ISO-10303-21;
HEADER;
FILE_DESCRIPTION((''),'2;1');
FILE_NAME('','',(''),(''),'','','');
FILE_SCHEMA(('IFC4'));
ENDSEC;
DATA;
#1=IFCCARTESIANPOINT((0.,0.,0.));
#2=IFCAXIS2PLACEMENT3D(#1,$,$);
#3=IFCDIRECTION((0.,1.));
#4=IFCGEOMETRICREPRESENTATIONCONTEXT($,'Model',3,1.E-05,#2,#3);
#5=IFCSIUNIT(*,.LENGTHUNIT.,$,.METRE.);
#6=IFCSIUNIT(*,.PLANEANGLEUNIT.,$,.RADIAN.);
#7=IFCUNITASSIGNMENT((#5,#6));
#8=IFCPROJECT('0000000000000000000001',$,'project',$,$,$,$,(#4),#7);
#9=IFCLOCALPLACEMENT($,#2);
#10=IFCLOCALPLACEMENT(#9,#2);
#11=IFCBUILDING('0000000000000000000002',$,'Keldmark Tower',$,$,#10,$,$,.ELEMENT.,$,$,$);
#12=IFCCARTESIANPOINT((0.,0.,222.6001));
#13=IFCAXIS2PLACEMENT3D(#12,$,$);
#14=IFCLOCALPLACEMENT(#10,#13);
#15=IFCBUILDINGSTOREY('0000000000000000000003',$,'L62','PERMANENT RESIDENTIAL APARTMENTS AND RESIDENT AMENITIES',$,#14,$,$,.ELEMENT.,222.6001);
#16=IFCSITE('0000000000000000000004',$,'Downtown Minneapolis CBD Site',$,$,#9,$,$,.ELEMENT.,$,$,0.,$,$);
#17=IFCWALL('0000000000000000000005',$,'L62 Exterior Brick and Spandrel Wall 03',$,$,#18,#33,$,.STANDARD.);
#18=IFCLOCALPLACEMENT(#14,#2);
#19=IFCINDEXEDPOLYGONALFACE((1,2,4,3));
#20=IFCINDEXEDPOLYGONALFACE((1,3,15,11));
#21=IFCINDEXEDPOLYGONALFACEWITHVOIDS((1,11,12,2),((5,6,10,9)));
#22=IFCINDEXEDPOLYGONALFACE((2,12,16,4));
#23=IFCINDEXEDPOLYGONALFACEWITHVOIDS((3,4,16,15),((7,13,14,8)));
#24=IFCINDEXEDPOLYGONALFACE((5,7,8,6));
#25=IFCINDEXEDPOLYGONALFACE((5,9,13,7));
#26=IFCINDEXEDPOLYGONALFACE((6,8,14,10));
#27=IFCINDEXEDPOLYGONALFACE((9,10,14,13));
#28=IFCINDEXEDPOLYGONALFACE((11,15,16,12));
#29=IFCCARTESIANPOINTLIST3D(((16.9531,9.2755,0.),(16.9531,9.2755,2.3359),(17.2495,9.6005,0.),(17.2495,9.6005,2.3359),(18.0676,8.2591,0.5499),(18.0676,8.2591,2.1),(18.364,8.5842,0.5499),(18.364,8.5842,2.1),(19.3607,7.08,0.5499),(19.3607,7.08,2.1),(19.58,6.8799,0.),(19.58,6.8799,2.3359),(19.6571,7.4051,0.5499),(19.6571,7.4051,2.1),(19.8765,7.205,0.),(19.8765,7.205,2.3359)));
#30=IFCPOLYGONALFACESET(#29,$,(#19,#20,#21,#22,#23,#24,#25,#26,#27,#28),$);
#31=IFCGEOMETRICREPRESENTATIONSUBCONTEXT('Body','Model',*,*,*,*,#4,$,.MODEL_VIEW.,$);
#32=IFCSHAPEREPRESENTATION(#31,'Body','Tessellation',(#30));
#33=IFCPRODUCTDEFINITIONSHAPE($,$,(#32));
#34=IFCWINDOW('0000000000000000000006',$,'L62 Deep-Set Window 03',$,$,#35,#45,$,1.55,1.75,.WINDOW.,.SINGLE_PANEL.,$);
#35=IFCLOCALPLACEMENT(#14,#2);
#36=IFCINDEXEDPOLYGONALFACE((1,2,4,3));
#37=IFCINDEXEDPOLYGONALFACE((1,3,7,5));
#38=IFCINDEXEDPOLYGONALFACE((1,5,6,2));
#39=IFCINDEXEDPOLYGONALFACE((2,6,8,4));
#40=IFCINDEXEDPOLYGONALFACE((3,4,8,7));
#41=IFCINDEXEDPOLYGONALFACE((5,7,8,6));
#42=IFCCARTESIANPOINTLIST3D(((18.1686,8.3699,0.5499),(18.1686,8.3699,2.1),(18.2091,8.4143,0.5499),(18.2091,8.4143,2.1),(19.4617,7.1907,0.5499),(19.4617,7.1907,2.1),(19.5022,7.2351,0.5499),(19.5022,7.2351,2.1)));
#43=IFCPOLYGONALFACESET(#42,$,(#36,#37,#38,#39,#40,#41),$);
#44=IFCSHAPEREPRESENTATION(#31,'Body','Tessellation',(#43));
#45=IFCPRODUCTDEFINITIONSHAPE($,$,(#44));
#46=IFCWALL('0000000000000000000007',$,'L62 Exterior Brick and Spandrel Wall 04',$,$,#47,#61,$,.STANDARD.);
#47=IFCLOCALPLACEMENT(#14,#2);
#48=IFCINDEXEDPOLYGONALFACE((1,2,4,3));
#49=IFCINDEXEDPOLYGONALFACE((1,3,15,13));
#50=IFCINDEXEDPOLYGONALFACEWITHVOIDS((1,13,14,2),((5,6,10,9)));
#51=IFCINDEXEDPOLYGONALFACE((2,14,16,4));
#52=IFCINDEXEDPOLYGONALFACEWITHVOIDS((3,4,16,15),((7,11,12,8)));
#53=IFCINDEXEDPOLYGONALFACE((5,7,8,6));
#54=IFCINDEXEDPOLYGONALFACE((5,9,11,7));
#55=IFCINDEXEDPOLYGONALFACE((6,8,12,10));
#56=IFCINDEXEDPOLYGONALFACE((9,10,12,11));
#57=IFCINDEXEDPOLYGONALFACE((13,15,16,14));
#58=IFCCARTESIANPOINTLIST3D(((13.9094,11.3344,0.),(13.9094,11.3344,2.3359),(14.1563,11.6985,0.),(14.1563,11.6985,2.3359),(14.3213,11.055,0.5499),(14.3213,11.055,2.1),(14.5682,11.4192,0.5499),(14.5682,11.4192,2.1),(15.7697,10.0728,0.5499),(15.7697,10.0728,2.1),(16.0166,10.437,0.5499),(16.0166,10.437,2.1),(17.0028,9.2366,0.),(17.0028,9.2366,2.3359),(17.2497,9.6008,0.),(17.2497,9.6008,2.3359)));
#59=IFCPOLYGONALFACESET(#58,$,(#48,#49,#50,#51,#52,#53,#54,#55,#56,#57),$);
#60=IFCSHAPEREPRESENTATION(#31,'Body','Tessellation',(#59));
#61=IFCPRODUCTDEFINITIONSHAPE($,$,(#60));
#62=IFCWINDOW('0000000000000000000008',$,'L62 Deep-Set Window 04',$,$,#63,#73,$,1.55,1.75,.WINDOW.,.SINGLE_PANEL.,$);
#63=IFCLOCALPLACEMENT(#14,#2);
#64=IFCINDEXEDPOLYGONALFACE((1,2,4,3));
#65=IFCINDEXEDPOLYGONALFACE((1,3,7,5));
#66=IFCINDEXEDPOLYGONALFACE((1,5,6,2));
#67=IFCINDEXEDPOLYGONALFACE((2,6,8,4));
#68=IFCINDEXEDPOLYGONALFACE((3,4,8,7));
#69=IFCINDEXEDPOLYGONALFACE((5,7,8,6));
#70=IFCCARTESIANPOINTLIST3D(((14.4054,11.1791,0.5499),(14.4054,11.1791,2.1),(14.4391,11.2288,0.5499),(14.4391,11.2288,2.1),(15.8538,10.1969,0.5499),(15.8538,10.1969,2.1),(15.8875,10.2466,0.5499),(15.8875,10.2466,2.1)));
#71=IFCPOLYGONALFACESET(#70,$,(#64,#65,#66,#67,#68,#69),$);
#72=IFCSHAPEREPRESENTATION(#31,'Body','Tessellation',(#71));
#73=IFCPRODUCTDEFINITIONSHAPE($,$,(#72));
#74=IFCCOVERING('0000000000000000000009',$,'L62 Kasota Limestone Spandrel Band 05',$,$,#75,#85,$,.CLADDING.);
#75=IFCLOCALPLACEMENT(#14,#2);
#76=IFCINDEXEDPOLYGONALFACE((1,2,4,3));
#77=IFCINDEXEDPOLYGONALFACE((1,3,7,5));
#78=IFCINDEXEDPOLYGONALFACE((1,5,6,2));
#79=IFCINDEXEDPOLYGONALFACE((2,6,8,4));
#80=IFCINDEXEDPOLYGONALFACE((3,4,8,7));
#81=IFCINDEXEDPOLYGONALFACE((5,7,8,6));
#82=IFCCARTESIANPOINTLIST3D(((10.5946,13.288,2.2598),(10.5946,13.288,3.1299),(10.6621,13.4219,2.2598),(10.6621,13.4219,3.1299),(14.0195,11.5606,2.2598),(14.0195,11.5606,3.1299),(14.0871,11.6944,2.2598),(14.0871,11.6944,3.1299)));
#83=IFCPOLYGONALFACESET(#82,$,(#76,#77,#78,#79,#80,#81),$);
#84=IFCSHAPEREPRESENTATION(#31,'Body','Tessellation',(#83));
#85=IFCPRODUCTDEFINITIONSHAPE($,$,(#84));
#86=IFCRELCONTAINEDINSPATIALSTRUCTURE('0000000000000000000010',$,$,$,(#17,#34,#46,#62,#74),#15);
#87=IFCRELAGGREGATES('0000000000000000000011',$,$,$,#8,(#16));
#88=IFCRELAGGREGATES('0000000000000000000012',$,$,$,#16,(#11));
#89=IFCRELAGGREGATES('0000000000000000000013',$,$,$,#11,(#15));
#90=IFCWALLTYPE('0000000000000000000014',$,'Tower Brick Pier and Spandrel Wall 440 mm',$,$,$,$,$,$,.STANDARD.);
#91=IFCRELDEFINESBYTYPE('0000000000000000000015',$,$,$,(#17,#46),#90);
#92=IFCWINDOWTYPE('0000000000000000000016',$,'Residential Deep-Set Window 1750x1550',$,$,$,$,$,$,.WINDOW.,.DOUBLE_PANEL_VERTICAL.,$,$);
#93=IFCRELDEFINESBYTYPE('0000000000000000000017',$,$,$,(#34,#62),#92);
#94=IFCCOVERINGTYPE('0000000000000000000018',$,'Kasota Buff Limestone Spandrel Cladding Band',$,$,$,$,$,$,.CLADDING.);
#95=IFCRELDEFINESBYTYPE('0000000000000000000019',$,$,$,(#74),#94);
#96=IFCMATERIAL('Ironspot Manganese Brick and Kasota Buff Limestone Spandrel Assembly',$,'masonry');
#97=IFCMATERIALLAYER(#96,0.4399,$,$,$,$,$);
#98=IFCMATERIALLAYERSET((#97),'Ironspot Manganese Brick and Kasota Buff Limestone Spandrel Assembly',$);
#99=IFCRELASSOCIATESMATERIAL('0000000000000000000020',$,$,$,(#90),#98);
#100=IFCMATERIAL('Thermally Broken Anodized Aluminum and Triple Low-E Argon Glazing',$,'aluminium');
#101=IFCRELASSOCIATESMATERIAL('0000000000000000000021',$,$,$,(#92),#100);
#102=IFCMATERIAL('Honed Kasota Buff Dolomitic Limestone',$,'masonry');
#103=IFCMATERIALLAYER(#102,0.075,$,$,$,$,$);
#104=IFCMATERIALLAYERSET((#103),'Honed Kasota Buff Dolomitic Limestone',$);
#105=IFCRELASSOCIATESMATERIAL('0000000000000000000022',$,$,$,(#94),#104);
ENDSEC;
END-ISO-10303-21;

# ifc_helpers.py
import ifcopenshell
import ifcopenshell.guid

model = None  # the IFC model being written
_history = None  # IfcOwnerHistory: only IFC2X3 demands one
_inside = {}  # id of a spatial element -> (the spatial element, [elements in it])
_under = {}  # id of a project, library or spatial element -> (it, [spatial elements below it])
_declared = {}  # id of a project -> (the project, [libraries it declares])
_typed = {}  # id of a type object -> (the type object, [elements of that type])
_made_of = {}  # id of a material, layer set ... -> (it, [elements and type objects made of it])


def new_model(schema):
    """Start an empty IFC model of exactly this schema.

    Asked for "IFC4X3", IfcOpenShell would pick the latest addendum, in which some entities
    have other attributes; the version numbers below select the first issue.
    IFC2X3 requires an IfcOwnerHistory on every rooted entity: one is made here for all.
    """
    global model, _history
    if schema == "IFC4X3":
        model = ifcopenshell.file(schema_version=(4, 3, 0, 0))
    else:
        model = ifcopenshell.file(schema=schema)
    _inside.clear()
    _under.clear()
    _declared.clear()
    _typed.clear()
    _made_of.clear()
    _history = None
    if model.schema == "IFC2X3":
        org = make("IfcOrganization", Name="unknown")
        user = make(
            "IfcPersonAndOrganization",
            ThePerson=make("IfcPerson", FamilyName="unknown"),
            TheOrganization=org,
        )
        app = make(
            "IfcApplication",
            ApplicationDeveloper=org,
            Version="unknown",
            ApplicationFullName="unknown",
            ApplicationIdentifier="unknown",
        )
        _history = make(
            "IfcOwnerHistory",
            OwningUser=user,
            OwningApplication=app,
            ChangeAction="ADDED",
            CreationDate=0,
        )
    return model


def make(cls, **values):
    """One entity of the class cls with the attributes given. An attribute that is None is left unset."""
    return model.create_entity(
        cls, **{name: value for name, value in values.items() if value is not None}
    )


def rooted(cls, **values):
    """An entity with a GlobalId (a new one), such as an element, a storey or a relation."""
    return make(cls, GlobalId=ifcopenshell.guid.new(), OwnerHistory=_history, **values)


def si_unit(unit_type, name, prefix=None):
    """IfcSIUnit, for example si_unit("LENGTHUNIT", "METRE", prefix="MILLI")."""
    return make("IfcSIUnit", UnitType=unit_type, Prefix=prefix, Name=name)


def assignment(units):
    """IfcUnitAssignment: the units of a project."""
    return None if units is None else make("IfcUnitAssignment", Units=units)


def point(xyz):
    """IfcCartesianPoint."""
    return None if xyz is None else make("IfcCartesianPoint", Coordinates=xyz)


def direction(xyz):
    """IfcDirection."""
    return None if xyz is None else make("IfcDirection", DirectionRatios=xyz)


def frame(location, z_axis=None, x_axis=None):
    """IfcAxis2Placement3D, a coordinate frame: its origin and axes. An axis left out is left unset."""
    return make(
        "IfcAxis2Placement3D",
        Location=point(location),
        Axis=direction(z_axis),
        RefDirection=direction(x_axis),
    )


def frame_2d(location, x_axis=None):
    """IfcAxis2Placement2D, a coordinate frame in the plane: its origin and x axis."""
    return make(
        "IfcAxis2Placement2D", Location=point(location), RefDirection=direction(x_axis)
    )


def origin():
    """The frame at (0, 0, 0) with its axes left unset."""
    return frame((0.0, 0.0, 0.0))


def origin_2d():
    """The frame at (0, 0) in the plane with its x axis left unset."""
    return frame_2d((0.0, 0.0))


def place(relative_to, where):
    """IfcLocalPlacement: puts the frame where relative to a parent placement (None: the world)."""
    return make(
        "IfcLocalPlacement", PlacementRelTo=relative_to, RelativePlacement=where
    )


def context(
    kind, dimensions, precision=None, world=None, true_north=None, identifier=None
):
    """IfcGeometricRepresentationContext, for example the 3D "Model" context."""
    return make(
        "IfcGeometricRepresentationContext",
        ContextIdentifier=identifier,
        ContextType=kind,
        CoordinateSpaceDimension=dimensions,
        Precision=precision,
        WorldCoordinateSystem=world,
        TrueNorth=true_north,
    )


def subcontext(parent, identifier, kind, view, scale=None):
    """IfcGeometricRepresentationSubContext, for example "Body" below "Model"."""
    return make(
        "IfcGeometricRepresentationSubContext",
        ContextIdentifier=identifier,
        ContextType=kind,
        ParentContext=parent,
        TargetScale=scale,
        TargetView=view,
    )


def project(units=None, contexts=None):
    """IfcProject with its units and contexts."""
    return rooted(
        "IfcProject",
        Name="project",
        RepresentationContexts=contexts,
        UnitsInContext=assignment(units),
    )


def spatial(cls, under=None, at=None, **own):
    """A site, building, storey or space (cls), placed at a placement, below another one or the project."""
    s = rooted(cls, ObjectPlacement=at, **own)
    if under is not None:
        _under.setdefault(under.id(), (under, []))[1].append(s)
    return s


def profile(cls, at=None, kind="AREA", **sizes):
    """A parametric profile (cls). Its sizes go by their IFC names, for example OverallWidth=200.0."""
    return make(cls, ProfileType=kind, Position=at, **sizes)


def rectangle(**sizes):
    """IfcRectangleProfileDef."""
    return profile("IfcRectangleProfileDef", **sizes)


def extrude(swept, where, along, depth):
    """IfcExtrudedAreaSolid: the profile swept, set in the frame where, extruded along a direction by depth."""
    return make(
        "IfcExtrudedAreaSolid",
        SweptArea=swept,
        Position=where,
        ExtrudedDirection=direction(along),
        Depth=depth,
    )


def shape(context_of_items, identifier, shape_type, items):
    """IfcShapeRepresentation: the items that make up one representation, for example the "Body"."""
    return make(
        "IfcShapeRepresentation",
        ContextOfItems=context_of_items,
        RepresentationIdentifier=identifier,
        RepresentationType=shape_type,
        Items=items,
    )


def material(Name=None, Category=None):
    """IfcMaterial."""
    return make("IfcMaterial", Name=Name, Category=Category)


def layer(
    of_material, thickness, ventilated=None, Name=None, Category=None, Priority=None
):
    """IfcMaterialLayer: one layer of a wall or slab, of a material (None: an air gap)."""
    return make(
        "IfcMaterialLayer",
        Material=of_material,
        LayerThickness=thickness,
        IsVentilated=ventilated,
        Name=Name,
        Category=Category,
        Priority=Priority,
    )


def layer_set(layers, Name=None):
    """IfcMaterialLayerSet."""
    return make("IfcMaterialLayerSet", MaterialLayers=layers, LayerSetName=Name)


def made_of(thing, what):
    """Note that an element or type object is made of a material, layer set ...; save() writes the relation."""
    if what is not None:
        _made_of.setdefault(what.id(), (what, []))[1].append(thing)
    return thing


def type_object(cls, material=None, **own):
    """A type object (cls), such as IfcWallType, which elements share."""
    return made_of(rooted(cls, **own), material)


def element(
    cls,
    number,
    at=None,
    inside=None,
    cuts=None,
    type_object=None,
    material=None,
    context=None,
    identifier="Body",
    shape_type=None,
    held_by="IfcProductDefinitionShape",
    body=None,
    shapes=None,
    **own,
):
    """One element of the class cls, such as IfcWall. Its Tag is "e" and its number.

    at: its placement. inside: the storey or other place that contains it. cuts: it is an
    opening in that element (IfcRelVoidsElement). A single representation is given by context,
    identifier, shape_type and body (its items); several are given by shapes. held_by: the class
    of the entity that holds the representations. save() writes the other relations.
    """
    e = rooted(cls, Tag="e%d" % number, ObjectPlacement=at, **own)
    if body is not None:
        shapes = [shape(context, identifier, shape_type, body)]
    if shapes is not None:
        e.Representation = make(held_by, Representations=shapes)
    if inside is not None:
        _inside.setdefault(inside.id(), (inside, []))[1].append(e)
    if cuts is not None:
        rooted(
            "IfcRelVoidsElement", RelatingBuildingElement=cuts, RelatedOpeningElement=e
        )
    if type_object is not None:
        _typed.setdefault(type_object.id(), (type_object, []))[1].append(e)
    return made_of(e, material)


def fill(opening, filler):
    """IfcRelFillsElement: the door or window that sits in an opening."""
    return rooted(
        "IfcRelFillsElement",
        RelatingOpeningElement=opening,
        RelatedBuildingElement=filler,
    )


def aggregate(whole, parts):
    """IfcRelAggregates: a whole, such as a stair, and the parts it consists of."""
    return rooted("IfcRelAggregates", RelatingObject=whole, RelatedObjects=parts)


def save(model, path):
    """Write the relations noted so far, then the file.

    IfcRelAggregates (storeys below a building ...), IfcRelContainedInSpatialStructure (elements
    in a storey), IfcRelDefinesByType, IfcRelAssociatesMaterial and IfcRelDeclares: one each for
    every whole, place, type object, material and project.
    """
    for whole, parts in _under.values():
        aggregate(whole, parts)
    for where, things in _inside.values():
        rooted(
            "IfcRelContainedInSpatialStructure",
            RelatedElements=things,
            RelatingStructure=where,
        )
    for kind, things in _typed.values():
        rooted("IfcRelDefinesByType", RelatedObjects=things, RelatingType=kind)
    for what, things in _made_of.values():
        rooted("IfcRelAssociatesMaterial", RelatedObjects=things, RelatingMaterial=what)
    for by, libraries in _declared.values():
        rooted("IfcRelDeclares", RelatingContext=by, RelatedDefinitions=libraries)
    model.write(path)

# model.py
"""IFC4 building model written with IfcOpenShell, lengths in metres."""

from ifc_helpers import new_model, si_unit, direction, frame, frame_2d, origin, origin_2d, place, context, subcontext, project, spatial, rectangle, extrude, material, layer, layer_set, type_object, element, fill, save


model = new_model("IFC4")

# Units and contexts
model_context = context("Model", 3, precision=1e-05, world=origin(), true_north=direction((0.0, 1.0)))
body_context = subcontext(model_context, "Body", "Model", "MODEL_VIEW")
ifc_project = project(units=[si_unit("LENGTHUNIT", "METRE"), si_unit("PLANEANGLEUNIT", "RADIAN")], contexts=[model_context])

# Site, building, storey
site_placement = place(None, origin())
site = spatial("IfcSite", under=ifc_project, at=site_placement, Name="Downtown Minneapolis CBD Site", CompositionType="ELEMENT", RefElevation=0.0)
building_placement = place(site_placement, origin())
building = spatial("IfcBuilding", under=site, at=building_placement, Name="Keldmark Tower", CompositionType="ELEMENT")
storey_placement = place(building_placement, frame((0.0, 0.0, 222.6001)))
storey = spatial("IfcBuildingStorey", under=building, at=storey_placement, Name="L62", Description="PERMANENT RESIDENTIAL APARTMENTS AND RESIDENT AMENITIES", CompositionType="ELEMENT", Elevation=222.6001)

# Walls, openings, windows
ifc_material_1 = material(Name="Ironspot Manganese Brick and Kasota Buff Limestone Spandrel Assembly", Category="masonry")
ifc_layer_1 = layer(ifc_material_1, 0.4399)
ifc_layer_set_1 = layer_set([ifc_layer_1], Name="Ironspot Manganese Brick and Kasota Buff Limestone Spandrel Assembly")
wall_type_1 = type_object("IfcWallType", Name="Tower Brick Pier and Spandrel Wall 440 mm", PredefinedType="STANDARD", material=ifc_layer_set_1)
wall_1_placement = place(storey_placement, frame((17.1013, 9.438, 0.0), z_axis=(0.0, 0.0, 1.0), x_axis=(0.738908, -0.673807, 0.0)))
wall_1 = element("IfcWall", 1, at=wall_1_placement, inside=storey, type_object=wall_type_1, Name="L62 Exterior Brick and Spandrel Wall 03", PredefinedType="STANDARD", context=body_context, shape_type="SweptSolid", body=[
    extrude(rectangle(XDim=3.5552, YDim=0.4399, at=frame_2d((1.7776, 0.0))), origin(), (0.0, 0.0, 1.0), 2.3359),
])
opening_1_placement = place(wall_1_placement, frame((1.5083, 0.0, 0.55)))
opening_1 = element("IfcOpeningElement", 2, at=opening_1_placement, cuts=wall_1, PredefinedType="OPENING", context=body_context, shape_type="SweptSolid", body=[
    extrude(rectangle(XDim=1.75, YDim=1.55, at=frame_2d((0.875, 0.7749))), frame((0.0, 0.23, 0.0), z_axis=(0.0, -1.0, 0.0), x_axis=(1.0, 0.0, 0.0)), (0.0, 0.0, 1.0), 0.46),
])
ifc_material_2 = material(Name="Thermally Broken Anodized Aluminum and Triple Low-E Argon Glazing", Category="aluminium")
window_type_1 = type_object("IfcWindowType", Name="Residential Deep-Set Window 1750x1550", PartitioningType="DOUBLE_PANEL_VERTICAL", PredefinedType="WINDOW", material=ifc_material_2)
window_1_placement = place(opening_1_placement, origin())
window_1 = element("IfcWindow", 3, at=window_1_placement, inside=storey, type_object=window_type_1, Name="L62 Deep-Set Window 03", OverallHeight=1.55, OverallWidth=1.75, PartitioningType="SINGLE_PANEL", PredefinedType="WINDOW", context=body_context, shape_type="SweptSolid", body=[
    extrude(rectangle(XDim=1.75, YDim=1.55, at=frame_2d((0.875, 0.7749))), frame((0.0, -0.01, 0.0), z_axis=(0.0, -1.0, 0.0), x_axis=(1.0, 0.0, 0.0)), (0.0, 0.0, 1.0), 0.0601),
])
fill(opening_1, window_1)
wall_2_placement = place(storey_placement, frame((14.033, 11.5164, 0.0), z_axis=(0.0, 0.0, 1.0), x_axis=(0.827643, -0.561255, 0.0)))
wall_2 = element("IfcWall", 4, at=wall_2_placement, inside=storey, type_object=wall_type_1, Name="L62 Exterior Brick and Spandrel Wall 04", PredefinedType="STANDARD", context=body_context, shape_type="SweptSolid", body=[
    extrude(rectangle(XDim=3.7375, YDim=0.4399, at=frame_2d((1.8687, 0.0))), origin(), (0.0, 0.0, 1.0), 2.3359),
])
opening_2_placement = place(wall_2_placement, frame((0.4976, 0.0, 0.55)))
opening_2 = element("IfcOpeningElement", 5, at=opening_2_placement, cuts=wall_2, PredefinedType="OPENING", context=body_context, shape_type="SweptSolid", body=[
    extrude(rectangle(XDim=1.75, YDim=1.55, at=frame_2d((0.875, 0.7749))), frame((0.0, 0.23, 0.0), z_axis=(0.0, -1.0, 0.0), x_axis=(1.0, 0.0, 0.0)), (0.0, 0.0, 1.0), 0.46),
])
window_2_placement = place(opening_2_placement, origin())
window_2 = element("IfcWindow", 6, at=window_2_placement, inside=storey, type_object=window_type_1, Name="L62 Deep-Set Window 04", OverallHeight=1.55, OverallWidth=1.75, PartitioningType="SINGLE_PANEL", PredefinedType="WINDOW", context=body_context, shape_type="SweptSolid", body=[
    extrude(rectangle(XDim=1.75, YDim=1.55, at=frame_2d((0.875, 0.7749))), frame((0.0, -0.01, 0.0), z_axis=(0.0, -1.0, 0.0), x_axis=(1.0, 0.0, 0.0)), (0.0, 0.0, 1.0), 0.0601),
])
fill(opening_2, window_2)

# Covering
ifc_material_3 = material(Name="Honed Kasota Buff Dolomitic Limestone", Category="masonry")
ifc_layer_2 = layer(ifc_material_3, 0.075)
ifc_layer_set_2 = layer_set([ifc_layer_2], Name="Honed Kasota Buff Dolomitic Limestone")
covering_type = type_object("IfcCoveringType", Name="Kasota Buff Limestone Spandrel Cladding Band", PredefinedType="CLADDING", material=ifc_layer_set_2)
covering_placement = place(storey_placement, frame((12.3408, 12.4912, 2.2598), z_axis=(0.0, 0.0, 1.0), x_axis=(-0.892861, 0.450332, 0.0)))
element("IfcCovering", 7, at=covering_placement, inside=storey, type_object=covering_type, Name="L62 Kasota Limestone Spandrel Band 05", PredefinedType="CLADDING", context=body_context, shape_type="SweptSolid", body=[
    extrude(rectangle(XDim=3.8359, YDim=0.1499, at=origin_2d()), origin(), (0.0, 0.0, 1.0), 0.8701),
])

save(model, "model.ifc")
